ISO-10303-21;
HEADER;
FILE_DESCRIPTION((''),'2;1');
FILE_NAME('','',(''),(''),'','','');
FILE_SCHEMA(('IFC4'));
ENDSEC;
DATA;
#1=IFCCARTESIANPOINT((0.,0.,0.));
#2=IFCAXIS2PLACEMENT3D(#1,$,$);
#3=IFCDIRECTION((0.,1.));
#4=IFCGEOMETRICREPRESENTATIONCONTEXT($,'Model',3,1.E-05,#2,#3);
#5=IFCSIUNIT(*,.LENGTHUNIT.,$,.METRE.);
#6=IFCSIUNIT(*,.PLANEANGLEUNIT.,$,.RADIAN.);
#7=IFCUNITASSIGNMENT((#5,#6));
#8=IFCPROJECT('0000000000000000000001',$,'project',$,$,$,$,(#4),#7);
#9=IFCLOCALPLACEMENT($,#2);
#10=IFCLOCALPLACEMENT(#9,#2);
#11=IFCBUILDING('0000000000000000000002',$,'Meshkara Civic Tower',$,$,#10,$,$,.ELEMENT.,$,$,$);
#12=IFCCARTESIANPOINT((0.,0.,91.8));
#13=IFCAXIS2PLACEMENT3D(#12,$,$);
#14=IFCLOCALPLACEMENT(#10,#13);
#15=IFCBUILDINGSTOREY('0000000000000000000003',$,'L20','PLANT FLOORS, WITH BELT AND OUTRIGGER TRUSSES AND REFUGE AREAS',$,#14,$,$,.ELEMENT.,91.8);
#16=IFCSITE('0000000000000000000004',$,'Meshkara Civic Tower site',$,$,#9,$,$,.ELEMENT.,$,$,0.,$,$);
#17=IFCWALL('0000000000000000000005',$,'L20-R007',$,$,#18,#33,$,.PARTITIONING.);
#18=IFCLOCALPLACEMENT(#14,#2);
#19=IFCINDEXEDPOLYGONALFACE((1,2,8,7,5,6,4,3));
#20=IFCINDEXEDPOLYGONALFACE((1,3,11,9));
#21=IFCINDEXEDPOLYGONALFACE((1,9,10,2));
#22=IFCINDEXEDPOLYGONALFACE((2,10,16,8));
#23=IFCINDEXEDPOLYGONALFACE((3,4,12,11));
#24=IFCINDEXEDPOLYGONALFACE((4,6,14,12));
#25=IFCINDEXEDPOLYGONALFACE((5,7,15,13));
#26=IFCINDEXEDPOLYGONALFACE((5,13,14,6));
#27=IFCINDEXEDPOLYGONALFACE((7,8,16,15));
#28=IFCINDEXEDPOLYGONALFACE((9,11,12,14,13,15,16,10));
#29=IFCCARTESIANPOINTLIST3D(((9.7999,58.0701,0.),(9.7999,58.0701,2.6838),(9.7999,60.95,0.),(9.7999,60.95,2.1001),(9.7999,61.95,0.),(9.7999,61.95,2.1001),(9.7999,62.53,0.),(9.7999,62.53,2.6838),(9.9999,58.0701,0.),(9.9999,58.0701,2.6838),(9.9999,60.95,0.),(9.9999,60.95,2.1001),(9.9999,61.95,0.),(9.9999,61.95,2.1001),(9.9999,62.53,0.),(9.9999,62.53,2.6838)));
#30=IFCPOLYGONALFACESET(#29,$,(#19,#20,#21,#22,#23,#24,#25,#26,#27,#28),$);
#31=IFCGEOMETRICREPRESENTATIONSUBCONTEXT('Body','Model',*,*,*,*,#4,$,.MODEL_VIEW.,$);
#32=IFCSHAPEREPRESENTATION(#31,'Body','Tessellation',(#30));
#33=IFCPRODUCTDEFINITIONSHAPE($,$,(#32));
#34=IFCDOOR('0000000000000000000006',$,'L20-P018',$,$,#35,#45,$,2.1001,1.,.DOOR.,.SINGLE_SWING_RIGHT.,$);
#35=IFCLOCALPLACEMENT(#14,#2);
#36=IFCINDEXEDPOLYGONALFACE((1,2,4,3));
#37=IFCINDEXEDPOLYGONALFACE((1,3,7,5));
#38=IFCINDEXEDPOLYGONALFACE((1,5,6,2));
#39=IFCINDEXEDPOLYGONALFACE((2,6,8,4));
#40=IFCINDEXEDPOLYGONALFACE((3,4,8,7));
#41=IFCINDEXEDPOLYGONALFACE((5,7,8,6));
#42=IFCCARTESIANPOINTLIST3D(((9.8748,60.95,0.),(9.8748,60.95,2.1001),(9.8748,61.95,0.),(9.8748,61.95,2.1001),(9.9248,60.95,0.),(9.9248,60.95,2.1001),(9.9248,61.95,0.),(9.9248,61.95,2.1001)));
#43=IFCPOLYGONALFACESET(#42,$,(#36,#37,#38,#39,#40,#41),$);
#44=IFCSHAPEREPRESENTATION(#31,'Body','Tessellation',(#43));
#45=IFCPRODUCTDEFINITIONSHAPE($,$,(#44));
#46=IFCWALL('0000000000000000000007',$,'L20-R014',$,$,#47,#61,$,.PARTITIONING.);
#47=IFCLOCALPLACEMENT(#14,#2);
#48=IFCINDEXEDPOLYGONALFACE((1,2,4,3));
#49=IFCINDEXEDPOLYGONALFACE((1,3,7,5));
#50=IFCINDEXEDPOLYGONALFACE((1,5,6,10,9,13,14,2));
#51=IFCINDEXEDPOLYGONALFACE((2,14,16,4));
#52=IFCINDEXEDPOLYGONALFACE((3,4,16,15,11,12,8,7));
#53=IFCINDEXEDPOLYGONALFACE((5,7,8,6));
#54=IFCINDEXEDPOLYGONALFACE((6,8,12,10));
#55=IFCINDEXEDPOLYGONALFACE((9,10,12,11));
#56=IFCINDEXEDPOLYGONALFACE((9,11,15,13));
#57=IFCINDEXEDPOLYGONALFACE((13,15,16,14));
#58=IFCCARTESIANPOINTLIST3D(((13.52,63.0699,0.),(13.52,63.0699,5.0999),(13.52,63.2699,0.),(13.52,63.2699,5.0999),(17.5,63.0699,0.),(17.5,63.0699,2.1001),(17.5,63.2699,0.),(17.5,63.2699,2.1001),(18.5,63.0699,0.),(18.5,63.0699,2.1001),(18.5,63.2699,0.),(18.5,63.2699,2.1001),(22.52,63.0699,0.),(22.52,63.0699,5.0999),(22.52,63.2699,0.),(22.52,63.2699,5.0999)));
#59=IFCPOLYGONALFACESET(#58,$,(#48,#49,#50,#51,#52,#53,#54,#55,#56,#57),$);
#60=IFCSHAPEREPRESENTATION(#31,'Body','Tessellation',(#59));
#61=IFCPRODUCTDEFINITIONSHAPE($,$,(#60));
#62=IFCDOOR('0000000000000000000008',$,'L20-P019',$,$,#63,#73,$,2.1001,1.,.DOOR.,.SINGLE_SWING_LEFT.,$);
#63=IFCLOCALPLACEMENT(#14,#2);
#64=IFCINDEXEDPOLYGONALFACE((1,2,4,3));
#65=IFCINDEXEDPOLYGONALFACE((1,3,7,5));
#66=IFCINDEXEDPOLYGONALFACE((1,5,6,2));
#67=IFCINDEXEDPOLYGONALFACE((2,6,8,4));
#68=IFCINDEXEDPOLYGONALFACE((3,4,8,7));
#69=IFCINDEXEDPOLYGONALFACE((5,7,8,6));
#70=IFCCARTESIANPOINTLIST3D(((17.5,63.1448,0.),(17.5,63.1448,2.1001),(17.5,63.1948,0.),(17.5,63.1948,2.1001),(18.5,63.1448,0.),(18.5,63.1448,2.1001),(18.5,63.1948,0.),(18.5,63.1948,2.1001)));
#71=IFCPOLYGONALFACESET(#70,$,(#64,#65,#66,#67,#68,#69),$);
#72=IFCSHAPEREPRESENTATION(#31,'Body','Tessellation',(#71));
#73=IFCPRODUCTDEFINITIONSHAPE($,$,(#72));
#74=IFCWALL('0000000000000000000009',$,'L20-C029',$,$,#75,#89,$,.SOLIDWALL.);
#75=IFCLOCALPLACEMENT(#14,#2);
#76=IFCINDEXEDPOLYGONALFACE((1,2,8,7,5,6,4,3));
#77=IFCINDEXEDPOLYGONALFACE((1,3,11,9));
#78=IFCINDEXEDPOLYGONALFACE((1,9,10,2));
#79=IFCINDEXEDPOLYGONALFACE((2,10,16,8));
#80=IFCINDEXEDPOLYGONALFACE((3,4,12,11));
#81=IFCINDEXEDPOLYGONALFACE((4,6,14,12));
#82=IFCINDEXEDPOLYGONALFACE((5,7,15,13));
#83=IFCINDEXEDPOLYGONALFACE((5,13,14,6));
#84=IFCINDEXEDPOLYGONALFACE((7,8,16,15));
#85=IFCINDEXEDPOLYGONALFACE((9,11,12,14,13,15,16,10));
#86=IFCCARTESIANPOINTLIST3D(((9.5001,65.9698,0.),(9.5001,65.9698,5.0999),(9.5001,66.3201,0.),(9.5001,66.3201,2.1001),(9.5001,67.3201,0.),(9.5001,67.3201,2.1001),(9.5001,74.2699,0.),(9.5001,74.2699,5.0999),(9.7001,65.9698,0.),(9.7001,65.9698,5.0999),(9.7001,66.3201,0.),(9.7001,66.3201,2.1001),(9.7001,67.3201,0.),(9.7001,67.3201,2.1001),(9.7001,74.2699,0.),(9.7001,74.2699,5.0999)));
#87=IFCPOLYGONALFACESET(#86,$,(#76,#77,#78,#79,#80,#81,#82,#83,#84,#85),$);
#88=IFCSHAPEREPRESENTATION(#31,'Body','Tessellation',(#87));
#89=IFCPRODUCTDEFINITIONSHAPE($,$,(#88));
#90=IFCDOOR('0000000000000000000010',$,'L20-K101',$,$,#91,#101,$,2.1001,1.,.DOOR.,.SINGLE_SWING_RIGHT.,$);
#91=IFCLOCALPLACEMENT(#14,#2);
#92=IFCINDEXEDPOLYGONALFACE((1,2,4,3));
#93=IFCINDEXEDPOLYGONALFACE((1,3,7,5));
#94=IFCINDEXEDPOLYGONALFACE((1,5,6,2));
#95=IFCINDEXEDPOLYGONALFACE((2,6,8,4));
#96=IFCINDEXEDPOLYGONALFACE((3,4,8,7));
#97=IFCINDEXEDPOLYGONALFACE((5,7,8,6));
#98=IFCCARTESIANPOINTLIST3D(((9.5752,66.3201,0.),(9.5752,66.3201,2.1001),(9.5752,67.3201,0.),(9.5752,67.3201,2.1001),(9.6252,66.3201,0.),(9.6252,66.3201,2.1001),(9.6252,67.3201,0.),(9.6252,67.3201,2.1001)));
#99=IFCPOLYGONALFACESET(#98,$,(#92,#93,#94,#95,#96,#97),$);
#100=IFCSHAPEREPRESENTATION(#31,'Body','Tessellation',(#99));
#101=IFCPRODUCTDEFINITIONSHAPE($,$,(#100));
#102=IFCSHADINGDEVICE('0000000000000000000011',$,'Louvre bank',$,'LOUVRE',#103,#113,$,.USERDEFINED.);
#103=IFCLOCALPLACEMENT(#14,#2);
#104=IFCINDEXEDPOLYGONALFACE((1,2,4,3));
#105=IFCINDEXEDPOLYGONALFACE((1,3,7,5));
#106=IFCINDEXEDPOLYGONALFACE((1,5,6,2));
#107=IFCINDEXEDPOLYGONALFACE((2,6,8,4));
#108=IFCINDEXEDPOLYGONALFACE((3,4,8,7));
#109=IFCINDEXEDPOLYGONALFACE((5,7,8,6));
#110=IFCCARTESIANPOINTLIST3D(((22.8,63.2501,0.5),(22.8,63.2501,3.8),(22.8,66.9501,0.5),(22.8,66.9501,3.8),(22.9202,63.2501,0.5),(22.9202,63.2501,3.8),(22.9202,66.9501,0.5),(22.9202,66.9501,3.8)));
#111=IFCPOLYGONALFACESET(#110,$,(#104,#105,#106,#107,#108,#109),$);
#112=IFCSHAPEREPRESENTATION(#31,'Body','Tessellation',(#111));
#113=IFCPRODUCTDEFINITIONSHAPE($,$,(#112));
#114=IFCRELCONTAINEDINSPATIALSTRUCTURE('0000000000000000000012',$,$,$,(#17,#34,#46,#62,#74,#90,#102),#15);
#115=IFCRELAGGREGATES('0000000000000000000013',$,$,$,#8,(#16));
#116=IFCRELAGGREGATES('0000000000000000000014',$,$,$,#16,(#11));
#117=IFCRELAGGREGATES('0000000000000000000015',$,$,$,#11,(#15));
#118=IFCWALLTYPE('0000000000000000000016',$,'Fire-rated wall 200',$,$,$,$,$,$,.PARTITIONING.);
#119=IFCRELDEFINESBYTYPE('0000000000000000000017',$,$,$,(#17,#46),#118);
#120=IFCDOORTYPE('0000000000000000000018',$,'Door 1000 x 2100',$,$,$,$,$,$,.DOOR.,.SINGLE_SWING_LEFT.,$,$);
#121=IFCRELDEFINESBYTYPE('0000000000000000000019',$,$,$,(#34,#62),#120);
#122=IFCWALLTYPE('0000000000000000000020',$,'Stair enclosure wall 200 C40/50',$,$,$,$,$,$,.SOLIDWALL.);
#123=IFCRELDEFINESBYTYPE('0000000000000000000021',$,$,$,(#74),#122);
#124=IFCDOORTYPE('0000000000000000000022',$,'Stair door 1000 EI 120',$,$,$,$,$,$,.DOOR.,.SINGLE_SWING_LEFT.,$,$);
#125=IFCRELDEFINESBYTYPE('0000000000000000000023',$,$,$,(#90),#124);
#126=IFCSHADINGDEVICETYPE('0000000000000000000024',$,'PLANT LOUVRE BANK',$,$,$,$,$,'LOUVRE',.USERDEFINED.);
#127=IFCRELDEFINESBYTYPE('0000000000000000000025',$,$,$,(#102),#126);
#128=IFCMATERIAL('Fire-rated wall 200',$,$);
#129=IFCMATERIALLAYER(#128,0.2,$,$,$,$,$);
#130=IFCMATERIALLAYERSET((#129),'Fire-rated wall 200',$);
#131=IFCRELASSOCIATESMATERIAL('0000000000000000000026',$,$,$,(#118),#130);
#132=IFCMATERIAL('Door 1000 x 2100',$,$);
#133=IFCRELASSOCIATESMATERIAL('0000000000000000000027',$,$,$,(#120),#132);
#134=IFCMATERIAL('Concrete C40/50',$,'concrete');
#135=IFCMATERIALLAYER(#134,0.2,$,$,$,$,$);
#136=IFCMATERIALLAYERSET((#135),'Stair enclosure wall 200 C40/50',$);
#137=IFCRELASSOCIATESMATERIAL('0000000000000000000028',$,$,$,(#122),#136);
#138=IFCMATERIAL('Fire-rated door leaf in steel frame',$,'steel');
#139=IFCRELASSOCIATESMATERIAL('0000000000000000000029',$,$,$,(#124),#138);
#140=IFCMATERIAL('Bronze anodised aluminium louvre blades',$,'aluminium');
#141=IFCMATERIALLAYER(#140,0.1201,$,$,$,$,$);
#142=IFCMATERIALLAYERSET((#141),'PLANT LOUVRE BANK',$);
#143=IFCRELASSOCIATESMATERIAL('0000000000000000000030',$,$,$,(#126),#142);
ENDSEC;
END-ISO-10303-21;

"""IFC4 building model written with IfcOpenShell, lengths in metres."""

from ifc_helpers import new_model, si_unit, direction, frame, frame_2d, origin, origin_2d, place, context, subcontext, project, spatial, rectangle, extrude, material, layer, layer_set, type_object, element, fill, save


model = new_model("IFC4")

# Units and contexts
model_context = context("Model", 3, precision=1e-05, world=origin(), true_north=direction((0.0, 1.0)))
body_context = subcontext(model_context, "Body", "Model", "MODEL_VIEW")
ifc_project = project(units=[si_unit("LENGTHUNIT", "METRE"), si_unit("PLANEANGLEUNIT", "RADIAN")], contexts=[model_context])

# Site, building, storey
site_placement = place(None, origin())
site = spatial("IfcSite", under=ifc_project, at=site_placement, Name="Meshkara Civic Tower site", CompositionType="ELEMENT", RefElevation=0.0)
building_placement = place(site_placement, origin())
building = spatial("IfcBuilding", under=site, at=building_placement, Name="Meshkara Civic Tower", CompositionType="ELEMENT")
storey_placement = place(building_placement, frame((0.0, 0.0, 91.8)))
storey = spatial("IfcBuildingStorey", under=building, at=storey_placement, Name="L20", Description="PLANT FLOORS, WITH BELT AND OUTRIGGER TRUSSES AND REFUGE AREAS", CompositionType="ELEMENT", Elevation=91.8)

# Walls, openings, doors
ifc_material_1 = material(Name="Fire-rated wall 200")
ifc_layer_1 = layer(ifc_material_1, 0.2)
ifc_layer_set_1 = layer_set([ifc_layer_1], Name="Fire-rated wall 200")
wall_type_1 = type_object("IfcWallType", Name="Fire-rated wall 200", PredefinedType="PARTITIONING", material=ifc_layer_set_1)
wall_1_placement = place(storey_placement, frame((9.8999, 62.53, 0.0), z_axis=(0.0, 0.0, 1.0), x_axis=(0.0, -1.0, 0.0)))
wall_1 = element("IfcWall", 1, at=wall_1_placement, inside=storey, type_object=wall_type_1, Name="L20-R007", PredefinedType="PARTITIONING", context=body_context, shape_type="SweptSolid", body=[
    extrude(rectangle(XDim=4.46, YDim=0.2, at=frame_2d((2.23, 0.0))), origin(), (0.0, 0.0, 1.0), 2.6838),
])
opening_1_placement = place(wall_1_placement, frame((0.5801, 0.0, 0.0)))
opening_1 = element("IfcOpeningElement", 2, at=opening_1_placement, cuts=wall_1, PredefinedType="OPENING", context=body_context, shape_type="SweptSolid", body=[
    extrude(rectangle(XDim=1.0, YDim=2.1001, at=frame_2d((0.5, 1.05))), frame((0.0, 0.1099, 0.0), z_axis=(0.0, -1.0, 0.0), x_axis=(1.0, 0.0, 0.0)), (0.0, 0.0, 1.0), 0.22),
])
ifc_material_2 = material(Name="Door 1000 x 2100")
door_type_1 = type_object("IfcDoorType", Name="Door 1000 x 2100", OperationType="SINGLE_SWING_LEFT", PredefinedType="DOOR", material=ifc_material_2)
door_1_placement = place(opening_1_placement, origin())
door_1 = element("IfcDoor", 3, at=door_1_placement, inside=storey, type_object=door_type_1, Name="L20-P018", OperationType="SINGLE_SWING_RIGHT", OverallHeight=2.1001, OverallWidth=1.0, PredefinedType="DOOR", context=body_context, shape_type="SweptSolid", body=[
    extrude(rectangle(XDim=1.0, YDim=2.1001, at=frame_2d((0.5, 1.05))), frame((0.0, 0.0249, 0.0), z_axis=(0.0, -1.0, 0.0), x_axis=(1.0, 0.0, 0.0)), (0.0, 0.0, 1.0), 0.05),
])
fill(opening_1, door_1)
wall_2_placement = place(storey_placement, frame((13.52, 63.1699, 0.0), z_axis=(0.0, 0.0, 1.0), x_axis=(1.0, 0.0, 0.0)))
wall_2 = element("IfcWall", 4, at=wall_2_placement, inside=storey, type_object=wall_type_1, Name="L20-R014", PredefinedType="PARTITIONING", context=body_context, shape_type="SweptSolid", body=[
    extrude(rectangle(XDim=9.0, YDim=0.2, at=frame_2d((4.5, 0.0))), origin(), (0.0, 0.0, 1.0), 5.0999),
])
opening_2_placement = place(wall_2_placement, frame((3.98, 0.0, 0.0)))
opening_2 = element("IfcOpeningElement", 5, at=opening_2_placement, cuts=wall_2, PredefinedType="OPENING", context=body_context, shape_type="SweptSolid", body=[
    extrude(rectangle(XDim=1.0, YDim=2.1001, at=frame_2d((0.5, 1.05))), frame((0.0, 0.1099, 0.0), z_axis=(0.0, -1.0, 0.0), x_axis=(1.0, 0.0, 0.0)), (0.0, 0.0, 1.0), 0.22),
])
door_2_placement = place(opening_2_placement, origin())
door_2 = element("IfcDoor", 6, at=door_2_placement, inside=storey, type_object=door_type_1, Name="L20-P019", OperationType="SINGLE_SWING_LEFT", OverallHeight=2.1001, OverallWidth=1.0, PredefinedType="DOOR", context=body_context, shape_type="SweptSolid", body=[
    extrude(rectangle(XDim=1.0, YDim=2.1001, at=frame_2d((0.5, 1.05))), frame((0.0, 0.0249, 0.0), z_axis=(0.0, -1.0, 0.0), x_axis=(1.0, 0.0, 0.0)), (0.0, 0.0, 1.0), 0.05),
])
fill(opening_2, door_2)
ifc_material_3 = material(Name="Concrete C40/50", Category="concrete")
ifc_layer_2 = layer(ifc_material_3, 0.2)
ifc_layer_set_2 = layer_set([ifc_layer_2], Name="Stair enclosure wall 200 C40/50")
wall_type_2 = type_object("IfcWallType", Name="Stair enclosure wall 200 C40/50", PredefinedType="SOLIDWALL", material=ifc_layer_set_2)
wall_3_placement = place(storey_placement, frame((9.6001, 65.97, 0.0), z_axis=(0.0, 0.0, 1.0), x_axis=(0.0, 1.0, 0.0)))
wall_3 = element("IfcWall", 7, at=wall_3_placement, inside=storey, type_object=wall_type_2, Name="L20-C029", PredefinedType="SOLIDWALL", context=body_context, shape_type="SweptSolid", body=[
    extrude(rectangle(XDim=8.3, YDim=0.2, at=frame_2d((4.1499, 0.0))), origin(), (0.0, 0.0, 1.0), 5.0999),
])
opening_3_placement = place(wall_3_placement, frame((0.3501, 0.0, 0.0)))
opening_3 = element("IfcOpeningElement", 8, at=opening_3_placement, cuts=wall_3, PredefinedType="OPENING", context=body_context, shape_type="SweptSolid", body=[
    extrude(rectangle(XDim=1.0, YDim=2.1001, at=frame_2d((0.5, 1.05))), frame((0.0, 0.1099, 0.0), z_axis=(0.0, -1.0, 0.0), x_axis=(1.0, 0.0, 0.0)), (0.0, 0.0, 1.0), 0.22),
])
ifc_material_4 = material(Name="Fire-rated door leaf in steel frame", Category="steel")
door_type_2 = type_object("IfcDoorType", Name="Stair door 1000 EI 120", OperationType="SINGLE_SWING_LEFT", PredefinedType="DOOR", material=ifc_material_4)
door_3_placement = place(opening_3_placement, origin())
door_3 = element("IfcDoor", 9, at=door_3_placement, inside=storey, type_object=door_type_2, Name="L20-K101", OperationType="SINGLE_SWING_RIGHT", OverallHeight=2.1001, OverallWidth=1.0, PredefinedType="DOOR", context=body_context, shape_type="SweptSolid", body=[
    extrude(rectangle(XDim=1.0, YDim=2.1001, at=frame_2d((0.5, 1.05))), frame((0.0, 0.0249, 0.0), z_axis=(0.0, -1.0, 0.0), x_axis=(1.0, 0.0, 0.0)), (0.0, 0.0, 1.0), 0.05),
])
fill(opening_3, door_3)

# Shading device
ifc_material_5 = material(Name="Bronze anodised aluminium louvre blades", Category="aluminium")
ifc_layer_3 = layer(ifc_material_5, 0.1201)
ifc_layer_set_3 = layer_set([ifc_layer_3], Name="PLANT LOUVRE BANK")
shading_device_type = type_object("IfcShadingDeviceType", Name="PLANT LOUVRE BANK", ElementType="LOUVRE", PredefinedType="USERDEFINED", material=ifc_layer_set_3)
shading_device_placement = place(storey_placement, frame((22.8601, 65.1001, 0.5), z_axis=(0.0, 0.0, 1.0), x_axis=(0.0, 1.0, 0.0)))
element("IfcShadingDevice", 10, at=shading_device_placement, inside=storey, type_object=shading_device_type, Name="Louvre bank", ObjectType="LOUVRE", PredefinedType="USERDEFINED", context=body_context, shape_type="SweptSolid", body=[
    extrude(rectangle(XDim=3.7, YDim=0.1201, at=origin_2d()), origin(), (0.0, 0.0, 1.0), 3.3),
])

save(model, "model.ifc")
